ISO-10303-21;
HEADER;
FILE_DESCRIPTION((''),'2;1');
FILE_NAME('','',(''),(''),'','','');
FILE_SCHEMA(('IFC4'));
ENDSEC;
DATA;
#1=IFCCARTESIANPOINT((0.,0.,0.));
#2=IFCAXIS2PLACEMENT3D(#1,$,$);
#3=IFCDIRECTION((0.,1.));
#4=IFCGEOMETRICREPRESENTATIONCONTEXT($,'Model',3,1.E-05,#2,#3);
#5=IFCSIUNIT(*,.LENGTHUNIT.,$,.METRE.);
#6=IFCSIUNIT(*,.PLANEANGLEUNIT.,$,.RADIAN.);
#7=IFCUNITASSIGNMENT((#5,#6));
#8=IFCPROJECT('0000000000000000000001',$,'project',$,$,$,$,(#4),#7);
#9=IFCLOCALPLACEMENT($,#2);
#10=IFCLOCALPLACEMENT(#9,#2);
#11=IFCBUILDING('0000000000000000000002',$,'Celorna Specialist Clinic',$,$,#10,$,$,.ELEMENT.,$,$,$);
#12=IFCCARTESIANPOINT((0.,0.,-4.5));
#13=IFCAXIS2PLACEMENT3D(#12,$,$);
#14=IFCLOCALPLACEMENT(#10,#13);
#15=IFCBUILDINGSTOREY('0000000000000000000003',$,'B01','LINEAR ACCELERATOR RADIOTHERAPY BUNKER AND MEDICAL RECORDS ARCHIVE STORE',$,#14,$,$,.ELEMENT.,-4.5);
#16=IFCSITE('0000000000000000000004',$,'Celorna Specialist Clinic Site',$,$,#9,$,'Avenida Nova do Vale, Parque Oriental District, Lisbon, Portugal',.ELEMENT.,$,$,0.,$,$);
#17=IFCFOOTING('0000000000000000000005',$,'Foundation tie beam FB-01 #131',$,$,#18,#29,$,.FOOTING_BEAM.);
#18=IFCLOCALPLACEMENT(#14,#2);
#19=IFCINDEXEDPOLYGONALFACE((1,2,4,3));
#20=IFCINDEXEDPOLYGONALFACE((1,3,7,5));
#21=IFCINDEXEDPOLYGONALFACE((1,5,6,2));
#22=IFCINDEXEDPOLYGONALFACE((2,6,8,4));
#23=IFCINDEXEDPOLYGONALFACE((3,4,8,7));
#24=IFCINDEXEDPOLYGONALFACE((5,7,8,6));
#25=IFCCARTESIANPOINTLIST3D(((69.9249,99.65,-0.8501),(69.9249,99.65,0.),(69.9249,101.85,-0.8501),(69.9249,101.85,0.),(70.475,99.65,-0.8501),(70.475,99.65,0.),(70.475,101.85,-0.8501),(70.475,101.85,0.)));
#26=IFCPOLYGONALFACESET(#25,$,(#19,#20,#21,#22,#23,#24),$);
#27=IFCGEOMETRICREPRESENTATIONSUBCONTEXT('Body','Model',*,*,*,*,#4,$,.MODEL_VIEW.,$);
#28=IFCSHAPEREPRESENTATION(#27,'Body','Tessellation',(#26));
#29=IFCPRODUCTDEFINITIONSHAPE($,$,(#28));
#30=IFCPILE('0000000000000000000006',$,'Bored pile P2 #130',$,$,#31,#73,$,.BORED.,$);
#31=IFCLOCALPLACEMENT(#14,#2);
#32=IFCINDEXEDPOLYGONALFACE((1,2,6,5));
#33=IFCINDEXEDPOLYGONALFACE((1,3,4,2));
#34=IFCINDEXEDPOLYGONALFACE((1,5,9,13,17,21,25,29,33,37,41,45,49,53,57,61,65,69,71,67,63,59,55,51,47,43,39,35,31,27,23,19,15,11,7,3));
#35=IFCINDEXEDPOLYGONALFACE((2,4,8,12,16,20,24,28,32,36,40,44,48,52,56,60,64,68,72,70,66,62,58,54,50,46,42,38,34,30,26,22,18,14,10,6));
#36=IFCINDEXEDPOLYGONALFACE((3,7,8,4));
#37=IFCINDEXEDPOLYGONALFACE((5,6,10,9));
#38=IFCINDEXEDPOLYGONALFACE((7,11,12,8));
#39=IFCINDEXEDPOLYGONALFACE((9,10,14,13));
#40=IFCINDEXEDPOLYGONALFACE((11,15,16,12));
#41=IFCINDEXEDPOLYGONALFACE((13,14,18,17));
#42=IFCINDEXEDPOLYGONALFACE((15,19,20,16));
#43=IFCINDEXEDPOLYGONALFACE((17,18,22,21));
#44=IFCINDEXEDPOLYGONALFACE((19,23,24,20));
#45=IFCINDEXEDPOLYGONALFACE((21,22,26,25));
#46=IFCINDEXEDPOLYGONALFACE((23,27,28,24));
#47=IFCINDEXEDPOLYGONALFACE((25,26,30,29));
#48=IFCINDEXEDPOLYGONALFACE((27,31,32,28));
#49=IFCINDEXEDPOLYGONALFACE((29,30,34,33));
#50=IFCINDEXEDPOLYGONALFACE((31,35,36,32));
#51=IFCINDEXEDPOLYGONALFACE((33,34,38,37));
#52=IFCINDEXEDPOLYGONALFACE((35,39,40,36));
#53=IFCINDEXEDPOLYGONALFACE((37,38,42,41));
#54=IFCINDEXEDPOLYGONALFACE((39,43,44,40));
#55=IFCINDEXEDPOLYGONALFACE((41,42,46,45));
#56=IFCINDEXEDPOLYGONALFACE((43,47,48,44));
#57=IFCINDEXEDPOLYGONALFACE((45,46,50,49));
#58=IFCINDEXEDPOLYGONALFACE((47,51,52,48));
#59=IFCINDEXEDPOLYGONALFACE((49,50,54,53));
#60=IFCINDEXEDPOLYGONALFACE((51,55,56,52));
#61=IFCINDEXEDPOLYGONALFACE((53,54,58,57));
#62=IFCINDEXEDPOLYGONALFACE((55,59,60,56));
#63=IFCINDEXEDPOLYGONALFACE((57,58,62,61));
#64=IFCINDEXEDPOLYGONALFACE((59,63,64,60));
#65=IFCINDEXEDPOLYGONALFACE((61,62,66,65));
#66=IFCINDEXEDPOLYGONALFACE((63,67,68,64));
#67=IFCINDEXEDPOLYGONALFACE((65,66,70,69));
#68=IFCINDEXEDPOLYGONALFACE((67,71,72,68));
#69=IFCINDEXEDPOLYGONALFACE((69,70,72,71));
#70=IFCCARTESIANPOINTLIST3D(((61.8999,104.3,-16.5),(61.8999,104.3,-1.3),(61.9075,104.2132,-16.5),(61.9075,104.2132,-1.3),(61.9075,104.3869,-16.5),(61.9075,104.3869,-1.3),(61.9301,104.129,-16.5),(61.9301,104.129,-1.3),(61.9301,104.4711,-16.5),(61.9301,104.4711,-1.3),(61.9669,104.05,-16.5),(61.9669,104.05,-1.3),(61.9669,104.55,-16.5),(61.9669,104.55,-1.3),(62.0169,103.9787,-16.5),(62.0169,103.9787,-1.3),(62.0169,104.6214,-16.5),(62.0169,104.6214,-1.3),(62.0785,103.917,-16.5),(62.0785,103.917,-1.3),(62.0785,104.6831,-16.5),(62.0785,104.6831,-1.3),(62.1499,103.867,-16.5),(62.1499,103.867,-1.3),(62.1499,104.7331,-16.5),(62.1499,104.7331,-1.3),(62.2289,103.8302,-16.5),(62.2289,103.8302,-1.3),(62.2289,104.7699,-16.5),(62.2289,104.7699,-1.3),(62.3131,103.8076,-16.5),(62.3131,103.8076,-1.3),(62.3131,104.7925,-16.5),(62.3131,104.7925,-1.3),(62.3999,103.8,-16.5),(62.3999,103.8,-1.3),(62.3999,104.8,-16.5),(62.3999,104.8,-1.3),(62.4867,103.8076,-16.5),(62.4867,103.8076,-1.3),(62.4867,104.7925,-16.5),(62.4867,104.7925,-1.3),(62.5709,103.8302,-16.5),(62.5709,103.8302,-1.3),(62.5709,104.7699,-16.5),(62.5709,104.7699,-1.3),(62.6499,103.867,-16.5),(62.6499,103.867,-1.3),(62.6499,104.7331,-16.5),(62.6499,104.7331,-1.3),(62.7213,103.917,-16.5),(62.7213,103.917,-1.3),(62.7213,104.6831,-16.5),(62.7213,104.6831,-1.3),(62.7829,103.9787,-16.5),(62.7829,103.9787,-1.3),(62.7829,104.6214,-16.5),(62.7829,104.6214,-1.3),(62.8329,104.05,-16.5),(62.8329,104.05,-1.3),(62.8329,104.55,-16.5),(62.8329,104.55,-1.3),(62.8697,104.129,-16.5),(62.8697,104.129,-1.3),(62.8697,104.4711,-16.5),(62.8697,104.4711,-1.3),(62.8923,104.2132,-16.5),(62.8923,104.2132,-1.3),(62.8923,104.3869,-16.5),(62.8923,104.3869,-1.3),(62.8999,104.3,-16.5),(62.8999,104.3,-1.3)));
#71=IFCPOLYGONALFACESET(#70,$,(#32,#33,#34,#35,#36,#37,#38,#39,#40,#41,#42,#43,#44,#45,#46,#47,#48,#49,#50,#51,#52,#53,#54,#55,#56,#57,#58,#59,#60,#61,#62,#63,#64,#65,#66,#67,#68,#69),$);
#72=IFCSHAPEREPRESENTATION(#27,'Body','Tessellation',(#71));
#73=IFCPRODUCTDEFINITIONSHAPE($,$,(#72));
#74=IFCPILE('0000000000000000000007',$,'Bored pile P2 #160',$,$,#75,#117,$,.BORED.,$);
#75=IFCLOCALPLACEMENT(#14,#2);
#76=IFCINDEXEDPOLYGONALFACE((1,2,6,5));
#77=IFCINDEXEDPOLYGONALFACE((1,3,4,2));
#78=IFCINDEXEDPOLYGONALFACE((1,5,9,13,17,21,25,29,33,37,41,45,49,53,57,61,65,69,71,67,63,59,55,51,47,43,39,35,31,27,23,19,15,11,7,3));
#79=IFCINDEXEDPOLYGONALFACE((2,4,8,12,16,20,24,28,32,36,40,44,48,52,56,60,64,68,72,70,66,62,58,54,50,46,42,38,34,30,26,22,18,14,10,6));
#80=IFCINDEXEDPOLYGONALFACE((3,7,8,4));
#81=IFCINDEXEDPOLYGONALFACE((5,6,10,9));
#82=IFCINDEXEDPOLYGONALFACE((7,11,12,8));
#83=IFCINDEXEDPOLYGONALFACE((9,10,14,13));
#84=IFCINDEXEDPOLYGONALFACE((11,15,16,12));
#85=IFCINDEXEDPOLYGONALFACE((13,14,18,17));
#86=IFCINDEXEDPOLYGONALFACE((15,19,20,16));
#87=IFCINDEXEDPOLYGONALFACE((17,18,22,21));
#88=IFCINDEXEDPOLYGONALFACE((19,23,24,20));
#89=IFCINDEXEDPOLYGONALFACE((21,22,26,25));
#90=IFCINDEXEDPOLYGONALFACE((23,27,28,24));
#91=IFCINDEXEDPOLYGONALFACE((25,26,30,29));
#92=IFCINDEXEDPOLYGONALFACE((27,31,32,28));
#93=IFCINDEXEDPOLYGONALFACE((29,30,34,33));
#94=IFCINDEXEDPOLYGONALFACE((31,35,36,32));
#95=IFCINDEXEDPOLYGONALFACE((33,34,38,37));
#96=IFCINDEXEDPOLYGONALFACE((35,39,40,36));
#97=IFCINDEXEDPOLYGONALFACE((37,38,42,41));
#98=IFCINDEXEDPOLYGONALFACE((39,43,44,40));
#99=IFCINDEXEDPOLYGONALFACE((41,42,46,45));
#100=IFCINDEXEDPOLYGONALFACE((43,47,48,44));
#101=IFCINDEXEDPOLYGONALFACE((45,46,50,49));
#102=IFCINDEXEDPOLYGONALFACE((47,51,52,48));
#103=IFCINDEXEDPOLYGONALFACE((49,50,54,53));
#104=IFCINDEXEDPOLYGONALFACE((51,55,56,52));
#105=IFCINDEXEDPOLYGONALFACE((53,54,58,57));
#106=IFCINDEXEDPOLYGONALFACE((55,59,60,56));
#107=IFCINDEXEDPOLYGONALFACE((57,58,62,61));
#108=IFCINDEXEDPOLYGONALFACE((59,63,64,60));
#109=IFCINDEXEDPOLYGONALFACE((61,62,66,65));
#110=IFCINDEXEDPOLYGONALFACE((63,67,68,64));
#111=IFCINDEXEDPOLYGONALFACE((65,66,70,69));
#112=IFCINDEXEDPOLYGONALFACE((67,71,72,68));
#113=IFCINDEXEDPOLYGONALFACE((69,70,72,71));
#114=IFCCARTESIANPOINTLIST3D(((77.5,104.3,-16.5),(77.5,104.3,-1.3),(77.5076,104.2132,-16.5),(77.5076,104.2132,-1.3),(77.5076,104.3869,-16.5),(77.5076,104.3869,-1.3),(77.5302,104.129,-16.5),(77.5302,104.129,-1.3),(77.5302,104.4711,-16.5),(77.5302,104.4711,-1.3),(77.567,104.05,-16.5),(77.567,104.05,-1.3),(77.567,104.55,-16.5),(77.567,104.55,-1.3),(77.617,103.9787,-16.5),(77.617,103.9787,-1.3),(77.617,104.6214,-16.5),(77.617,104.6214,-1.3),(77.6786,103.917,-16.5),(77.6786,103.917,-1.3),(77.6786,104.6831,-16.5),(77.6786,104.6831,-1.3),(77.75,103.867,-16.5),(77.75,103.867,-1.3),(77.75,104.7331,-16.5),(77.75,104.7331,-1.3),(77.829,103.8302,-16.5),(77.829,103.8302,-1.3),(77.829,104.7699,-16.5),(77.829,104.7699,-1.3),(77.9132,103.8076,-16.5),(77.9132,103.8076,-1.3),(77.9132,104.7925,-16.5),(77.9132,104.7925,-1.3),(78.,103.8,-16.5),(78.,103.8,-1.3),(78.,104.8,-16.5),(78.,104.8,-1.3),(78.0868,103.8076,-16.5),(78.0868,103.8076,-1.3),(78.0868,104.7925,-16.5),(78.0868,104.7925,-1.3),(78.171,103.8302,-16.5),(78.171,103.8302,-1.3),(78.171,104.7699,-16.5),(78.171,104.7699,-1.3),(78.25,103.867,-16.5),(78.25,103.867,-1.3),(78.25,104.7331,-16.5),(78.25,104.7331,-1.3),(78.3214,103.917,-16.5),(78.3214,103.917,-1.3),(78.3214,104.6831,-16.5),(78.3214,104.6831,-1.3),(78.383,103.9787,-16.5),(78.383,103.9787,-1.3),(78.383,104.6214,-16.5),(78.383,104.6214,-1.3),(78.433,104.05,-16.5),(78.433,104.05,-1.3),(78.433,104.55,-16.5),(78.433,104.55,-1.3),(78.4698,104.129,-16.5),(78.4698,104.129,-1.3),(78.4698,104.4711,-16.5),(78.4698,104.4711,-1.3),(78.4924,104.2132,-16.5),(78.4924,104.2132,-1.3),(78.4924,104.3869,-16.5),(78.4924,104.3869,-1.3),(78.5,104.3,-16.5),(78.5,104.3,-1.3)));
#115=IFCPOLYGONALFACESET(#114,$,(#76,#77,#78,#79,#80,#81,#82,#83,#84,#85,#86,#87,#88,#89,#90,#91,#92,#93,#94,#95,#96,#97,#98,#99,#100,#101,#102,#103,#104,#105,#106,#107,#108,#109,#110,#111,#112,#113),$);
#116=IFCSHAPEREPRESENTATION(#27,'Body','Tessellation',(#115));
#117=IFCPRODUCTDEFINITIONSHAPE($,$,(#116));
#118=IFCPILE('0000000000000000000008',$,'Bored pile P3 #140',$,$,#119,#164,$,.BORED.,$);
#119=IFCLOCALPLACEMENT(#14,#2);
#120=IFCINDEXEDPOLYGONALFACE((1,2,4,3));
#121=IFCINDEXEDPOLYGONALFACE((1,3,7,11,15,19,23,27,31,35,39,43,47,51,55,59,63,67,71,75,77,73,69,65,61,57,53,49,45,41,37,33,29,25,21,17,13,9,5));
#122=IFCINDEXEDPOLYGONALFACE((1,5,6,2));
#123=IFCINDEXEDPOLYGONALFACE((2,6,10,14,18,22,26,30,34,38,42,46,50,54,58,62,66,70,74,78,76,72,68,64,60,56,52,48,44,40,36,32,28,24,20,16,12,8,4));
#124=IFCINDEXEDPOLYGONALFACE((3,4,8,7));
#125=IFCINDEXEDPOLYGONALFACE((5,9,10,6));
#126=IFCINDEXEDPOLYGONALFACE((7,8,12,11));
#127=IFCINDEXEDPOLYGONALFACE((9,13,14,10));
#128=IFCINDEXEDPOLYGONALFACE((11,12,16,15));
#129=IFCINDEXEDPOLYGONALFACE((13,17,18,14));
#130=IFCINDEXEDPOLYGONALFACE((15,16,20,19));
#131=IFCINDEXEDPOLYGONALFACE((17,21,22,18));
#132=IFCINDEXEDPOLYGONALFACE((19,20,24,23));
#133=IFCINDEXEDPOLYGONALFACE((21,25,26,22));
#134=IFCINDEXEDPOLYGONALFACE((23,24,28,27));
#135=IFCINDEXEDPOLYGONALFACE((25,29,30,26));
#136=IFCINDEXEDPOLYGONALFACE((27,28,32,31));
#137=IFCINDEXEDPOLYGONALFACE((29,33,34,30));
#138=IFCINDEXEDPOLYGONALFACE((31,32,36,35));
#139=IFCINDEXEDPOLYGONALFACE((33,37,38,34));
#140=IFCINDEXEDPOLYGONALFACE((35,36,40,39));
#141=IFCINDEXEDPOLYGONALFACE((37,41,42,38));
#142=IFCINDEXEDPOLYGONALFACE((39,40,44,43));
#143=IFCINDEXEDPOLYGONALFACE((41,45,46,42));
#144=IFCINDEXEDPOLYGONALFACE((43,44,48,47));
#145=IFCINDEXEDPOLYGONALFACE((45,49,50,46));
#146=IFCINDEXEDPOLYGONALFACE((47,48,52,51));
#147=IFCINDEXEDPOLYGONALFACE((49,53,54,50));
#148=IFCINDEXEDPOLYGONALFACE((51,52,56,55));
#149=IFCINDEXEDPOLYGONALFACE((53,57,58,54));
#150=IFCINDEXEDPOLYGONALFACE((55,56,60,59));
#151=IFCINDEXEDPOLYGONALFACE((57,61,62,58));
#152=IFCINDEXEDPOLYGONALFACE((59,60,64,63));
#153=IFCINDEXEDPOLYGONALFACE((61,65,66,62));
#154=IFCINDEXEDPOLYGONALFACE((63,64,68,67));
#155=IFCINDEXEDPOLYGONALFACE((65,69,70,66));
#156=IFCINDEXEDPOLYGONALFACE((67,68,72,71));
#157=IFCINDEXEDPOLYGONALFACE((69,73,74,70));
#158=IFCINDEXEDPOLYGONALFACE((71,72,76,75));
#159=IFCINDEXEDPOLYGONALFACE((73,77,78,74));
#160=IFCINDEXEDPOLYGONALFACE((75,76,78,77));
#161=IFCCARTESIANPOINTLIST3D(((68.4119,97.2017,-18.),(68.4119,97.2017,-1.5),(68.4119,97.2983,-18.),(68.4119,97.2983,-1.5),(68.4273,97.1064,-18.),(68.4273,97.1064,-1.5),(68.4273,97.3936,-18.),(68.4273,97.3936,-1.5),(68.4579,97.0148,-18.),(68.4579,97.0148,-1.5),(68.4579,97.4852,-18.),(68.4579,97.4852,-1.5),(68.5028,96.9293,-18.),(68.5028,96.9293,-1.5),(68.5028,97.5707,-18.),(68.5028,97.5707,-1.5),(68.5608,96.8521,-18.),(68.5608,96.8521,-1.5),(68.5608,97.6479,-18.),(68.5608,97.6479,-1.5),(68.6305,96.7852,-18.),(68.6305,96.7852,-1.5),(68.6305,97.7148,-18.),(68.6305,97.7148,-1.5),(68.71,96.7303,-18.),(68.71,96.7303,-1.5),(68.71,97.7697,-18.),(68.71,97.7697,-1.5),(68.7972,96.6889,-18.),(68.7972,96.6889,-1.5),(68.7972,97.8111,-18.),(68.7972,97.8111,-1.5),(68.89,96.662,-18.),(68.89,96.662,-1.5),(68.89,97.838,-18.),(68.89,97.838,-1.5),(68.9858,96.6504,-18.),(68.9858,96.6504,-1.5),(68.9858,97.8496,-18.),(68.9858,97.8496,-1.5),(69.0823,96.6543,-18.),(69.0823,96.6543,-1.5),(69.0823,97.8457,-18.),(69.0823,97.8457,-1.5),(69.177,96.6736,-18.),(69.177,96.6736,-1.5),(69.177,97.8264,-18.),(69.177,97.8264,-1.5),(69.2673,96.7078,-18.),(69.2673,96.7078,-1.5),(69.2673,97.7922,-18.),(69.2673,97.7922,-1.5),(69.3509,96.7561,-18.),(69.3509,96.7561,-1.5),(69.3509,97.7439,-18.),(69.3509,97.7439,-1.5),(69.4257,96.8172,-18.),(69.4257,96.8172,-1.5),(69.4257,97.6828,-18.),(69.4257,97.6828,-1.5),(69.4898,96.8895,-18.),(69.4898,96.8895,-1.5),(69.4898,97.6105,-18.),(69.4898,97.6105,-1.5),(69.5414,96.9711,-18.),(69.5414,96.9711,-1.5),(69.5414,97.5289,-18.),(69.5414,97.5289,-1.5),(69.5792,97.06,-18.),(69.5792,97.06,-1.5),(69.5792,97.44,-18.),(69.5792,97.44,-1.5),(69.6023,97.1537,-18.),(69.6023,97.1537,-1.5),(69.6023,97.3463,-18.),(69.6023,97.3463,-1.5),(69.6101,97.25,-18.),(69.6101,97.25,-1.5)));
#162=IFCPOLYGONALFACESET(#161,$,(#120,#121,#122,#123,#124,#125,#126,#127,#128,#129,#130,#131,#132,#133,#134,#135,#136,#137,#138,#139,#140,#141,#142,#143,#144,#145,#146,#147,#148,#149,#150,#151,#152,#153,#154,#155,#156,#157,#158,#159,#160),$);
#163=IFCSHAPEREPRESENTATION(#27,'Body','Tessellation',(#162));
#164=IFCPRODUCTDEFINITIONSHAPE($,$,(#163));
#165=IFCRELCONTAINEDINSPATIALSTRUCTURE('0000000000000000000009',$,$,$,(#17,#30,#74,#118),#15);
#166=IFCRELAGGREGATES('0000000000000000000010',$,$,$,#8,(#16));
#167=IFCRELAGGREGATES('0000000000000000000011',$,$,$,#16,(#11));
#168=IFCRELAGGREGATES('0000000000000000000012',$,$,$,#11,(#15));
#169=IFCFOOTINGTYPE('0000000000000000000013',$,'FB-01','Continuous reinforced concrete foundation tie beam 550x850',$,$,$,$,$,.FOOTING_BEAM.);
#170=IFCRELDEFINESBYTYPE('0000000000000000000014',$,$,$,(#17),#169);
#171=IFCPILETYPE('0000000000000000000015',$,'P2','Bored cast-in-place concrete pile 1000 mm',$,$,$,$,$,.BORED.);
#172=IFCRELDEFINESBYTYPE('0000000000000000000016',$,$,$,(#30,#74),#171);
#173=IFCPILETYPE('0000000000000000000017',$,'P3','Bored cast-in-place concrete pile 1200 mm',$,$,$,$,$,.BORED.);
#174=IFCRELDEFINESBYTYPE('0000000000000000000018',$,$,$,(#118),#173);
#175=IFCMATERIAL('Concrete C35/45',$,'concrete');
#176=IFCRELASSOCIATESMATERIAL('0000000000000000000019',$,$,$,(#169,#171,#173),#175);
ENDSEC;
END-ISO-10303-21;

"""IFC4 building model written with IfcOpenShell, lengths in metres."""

from ifc_helpers import new_model, si_unit, direction, frame, origin, origin_2d, place, context, subcontext, project, spatial, rectangle, circle, extrude, material, material_profile, profile_set, type_object, element, save


model = new_model("IFC4")

# Units and contexts
model_context = context("Model", 3, precision=1e-05, world=origin(), true_north=direction((0.0, 1.0)))
body_context = subcontext(model_context, "Body", "Model", "MODEL_VIEW")
ifc_project = project(units=[si_unit("LENGTHUNIT", "METRE"), si_unit("PLANEANGLEUNIT", "RADIAN")], contexts=[model_context])

# Site, building, storey
site_placement = place(None, origin())
site = spatial("IfcSite", under=ifc_project, at=site_placement, Name="Celorna Specialist Clinic Site", LongName="Avenida Nova do Vale, Parque Oriental District, Lisbon, Portugal", CompositionType="ELEMENT", RefElevation=0.0)
building_placement = place(site_placement, origin())
building = spatial("IfcBuilding", under=site, at=building_placement, Name="Celorna Specialist Clinic", CompositionType="ELEMENT")
storey_placement = place(building_placement, frame((0.0, 0.0, -4.5)))
storey = spatial("IfcBuildingStorey", under=building, at=storey_placement, Name="B01", Description="LINEAR ACCELERATOR RADIOTHERAPY BUNKER AND MEDICAL RECORDS ARCHIVE STORE", CompositionType="ELEMENT", Elevation=-4.5)

# Footing
ifc_material_1 = material(Name="Concrete C35/45", Category="concrete")
footing_type_1 = type_object("IfcFootingType", Name="FB-01", Description="Continuous reinforced concrete foundation tie beam 550x850", PredefinedType="FOOTING_BEAM", material=ifc_material_1)
footing_1_placement = place(storey_placement, frame((70.2, 100.75, -0.8501), z_axis=(0.0, 0.0, 1.0), x_axis=(0.0, 1.0, 0.0)))
element("IfcFooting", 1, at=footing_1_placement, inside=storey, type_object=footing_type_1, Name="Foundation tie beam FB-01 #131", PredefinedType="FOOTING_BEAM", context=body_context, shape_type="SweptSolid", body=[
    extrude(rectangle(XDim=2.2, YDim=0.55, at=origin_2d()), origin(), (0.0, 0.0, 1.0), 0.8501),
])

# Piles
ifc_material_profile_1 = material_profile(ifc_material_1, circle(Radius=0.5, at=origin_2d()), Name="BORED PILE 1000")
ifc_profile_set_1 = profile_set([ifc_material_profile_1], Name="Concrete C35/45")
pile_type_1 = type_object("IfcPileType", Name="P2", Description="Bored cast-in-place concrete pile 1000 mm", PredefinedType="BORED", material=ifc_profile_set_1)
for number, where, z_axis, x_axis, name in (
    (2, (62.3999, 104.3, -1.3), (0.0, 0.0, -1.0), (1.0, 0.0, 0.0), "Bored pile P2 #130"),
    (3, (78.0, 104.3, -1.3), (0.0, 0.0, -1.0), (1.0, 0.0, 0.0), "Bored pile P2 #160"),
):
    element("IfcPile", number, at=place(storey_placement, frame(where, z_axis=z_axis, x_axis=x_axis)), inside=storey, type_object=pile_type_1, Name=name, PredefinedType="BORED", context=body_context, shape_type="SweptSolid", body=[
        extrude(circle(Radius=0.5, at=origin_2d()), origin(), (0.0, 0.0, 1.0), 15.2),
    ])
ifc_material_profile_2 = material_profile(ifc_material_1, circle(Radius=0.6001, at=origin_2d()), Name="BORED PILE 1200")
ifc_profile_set_2 = profile_set([ifc_material_profile_2], Name="Concrete C35/45")
pile_type_2 = type_object("IfcPileType", Name="P3", Description="Bored cast-in-place concrete pile 1200 mm", PredefinedType="BORED", material=ifc_profile_set_2)
for number, where, z_axis, x_axis, name in (
    (4, (69.01, 97.25, -1.5), (0.0, 0.0, -1.0), (1.0, 0.0, 0.0), "Bored pile P3 #140"),
):
    element("IfcPile", number, at=place(storey_placement, frame(where, z_axis=z_axis, x_axis=x_axis)), inside=storey, type_object=pile_type_2, Name=name, PredefinedType="BORED", context=body_context, shape_type="SweptSolid", body=[
        extrude(circle(Radius=0.6001, at=origin_2d()), origin(), (0.0, 0.0, 1.0), 16.5),
    ])

save(model, "model.ifc")
